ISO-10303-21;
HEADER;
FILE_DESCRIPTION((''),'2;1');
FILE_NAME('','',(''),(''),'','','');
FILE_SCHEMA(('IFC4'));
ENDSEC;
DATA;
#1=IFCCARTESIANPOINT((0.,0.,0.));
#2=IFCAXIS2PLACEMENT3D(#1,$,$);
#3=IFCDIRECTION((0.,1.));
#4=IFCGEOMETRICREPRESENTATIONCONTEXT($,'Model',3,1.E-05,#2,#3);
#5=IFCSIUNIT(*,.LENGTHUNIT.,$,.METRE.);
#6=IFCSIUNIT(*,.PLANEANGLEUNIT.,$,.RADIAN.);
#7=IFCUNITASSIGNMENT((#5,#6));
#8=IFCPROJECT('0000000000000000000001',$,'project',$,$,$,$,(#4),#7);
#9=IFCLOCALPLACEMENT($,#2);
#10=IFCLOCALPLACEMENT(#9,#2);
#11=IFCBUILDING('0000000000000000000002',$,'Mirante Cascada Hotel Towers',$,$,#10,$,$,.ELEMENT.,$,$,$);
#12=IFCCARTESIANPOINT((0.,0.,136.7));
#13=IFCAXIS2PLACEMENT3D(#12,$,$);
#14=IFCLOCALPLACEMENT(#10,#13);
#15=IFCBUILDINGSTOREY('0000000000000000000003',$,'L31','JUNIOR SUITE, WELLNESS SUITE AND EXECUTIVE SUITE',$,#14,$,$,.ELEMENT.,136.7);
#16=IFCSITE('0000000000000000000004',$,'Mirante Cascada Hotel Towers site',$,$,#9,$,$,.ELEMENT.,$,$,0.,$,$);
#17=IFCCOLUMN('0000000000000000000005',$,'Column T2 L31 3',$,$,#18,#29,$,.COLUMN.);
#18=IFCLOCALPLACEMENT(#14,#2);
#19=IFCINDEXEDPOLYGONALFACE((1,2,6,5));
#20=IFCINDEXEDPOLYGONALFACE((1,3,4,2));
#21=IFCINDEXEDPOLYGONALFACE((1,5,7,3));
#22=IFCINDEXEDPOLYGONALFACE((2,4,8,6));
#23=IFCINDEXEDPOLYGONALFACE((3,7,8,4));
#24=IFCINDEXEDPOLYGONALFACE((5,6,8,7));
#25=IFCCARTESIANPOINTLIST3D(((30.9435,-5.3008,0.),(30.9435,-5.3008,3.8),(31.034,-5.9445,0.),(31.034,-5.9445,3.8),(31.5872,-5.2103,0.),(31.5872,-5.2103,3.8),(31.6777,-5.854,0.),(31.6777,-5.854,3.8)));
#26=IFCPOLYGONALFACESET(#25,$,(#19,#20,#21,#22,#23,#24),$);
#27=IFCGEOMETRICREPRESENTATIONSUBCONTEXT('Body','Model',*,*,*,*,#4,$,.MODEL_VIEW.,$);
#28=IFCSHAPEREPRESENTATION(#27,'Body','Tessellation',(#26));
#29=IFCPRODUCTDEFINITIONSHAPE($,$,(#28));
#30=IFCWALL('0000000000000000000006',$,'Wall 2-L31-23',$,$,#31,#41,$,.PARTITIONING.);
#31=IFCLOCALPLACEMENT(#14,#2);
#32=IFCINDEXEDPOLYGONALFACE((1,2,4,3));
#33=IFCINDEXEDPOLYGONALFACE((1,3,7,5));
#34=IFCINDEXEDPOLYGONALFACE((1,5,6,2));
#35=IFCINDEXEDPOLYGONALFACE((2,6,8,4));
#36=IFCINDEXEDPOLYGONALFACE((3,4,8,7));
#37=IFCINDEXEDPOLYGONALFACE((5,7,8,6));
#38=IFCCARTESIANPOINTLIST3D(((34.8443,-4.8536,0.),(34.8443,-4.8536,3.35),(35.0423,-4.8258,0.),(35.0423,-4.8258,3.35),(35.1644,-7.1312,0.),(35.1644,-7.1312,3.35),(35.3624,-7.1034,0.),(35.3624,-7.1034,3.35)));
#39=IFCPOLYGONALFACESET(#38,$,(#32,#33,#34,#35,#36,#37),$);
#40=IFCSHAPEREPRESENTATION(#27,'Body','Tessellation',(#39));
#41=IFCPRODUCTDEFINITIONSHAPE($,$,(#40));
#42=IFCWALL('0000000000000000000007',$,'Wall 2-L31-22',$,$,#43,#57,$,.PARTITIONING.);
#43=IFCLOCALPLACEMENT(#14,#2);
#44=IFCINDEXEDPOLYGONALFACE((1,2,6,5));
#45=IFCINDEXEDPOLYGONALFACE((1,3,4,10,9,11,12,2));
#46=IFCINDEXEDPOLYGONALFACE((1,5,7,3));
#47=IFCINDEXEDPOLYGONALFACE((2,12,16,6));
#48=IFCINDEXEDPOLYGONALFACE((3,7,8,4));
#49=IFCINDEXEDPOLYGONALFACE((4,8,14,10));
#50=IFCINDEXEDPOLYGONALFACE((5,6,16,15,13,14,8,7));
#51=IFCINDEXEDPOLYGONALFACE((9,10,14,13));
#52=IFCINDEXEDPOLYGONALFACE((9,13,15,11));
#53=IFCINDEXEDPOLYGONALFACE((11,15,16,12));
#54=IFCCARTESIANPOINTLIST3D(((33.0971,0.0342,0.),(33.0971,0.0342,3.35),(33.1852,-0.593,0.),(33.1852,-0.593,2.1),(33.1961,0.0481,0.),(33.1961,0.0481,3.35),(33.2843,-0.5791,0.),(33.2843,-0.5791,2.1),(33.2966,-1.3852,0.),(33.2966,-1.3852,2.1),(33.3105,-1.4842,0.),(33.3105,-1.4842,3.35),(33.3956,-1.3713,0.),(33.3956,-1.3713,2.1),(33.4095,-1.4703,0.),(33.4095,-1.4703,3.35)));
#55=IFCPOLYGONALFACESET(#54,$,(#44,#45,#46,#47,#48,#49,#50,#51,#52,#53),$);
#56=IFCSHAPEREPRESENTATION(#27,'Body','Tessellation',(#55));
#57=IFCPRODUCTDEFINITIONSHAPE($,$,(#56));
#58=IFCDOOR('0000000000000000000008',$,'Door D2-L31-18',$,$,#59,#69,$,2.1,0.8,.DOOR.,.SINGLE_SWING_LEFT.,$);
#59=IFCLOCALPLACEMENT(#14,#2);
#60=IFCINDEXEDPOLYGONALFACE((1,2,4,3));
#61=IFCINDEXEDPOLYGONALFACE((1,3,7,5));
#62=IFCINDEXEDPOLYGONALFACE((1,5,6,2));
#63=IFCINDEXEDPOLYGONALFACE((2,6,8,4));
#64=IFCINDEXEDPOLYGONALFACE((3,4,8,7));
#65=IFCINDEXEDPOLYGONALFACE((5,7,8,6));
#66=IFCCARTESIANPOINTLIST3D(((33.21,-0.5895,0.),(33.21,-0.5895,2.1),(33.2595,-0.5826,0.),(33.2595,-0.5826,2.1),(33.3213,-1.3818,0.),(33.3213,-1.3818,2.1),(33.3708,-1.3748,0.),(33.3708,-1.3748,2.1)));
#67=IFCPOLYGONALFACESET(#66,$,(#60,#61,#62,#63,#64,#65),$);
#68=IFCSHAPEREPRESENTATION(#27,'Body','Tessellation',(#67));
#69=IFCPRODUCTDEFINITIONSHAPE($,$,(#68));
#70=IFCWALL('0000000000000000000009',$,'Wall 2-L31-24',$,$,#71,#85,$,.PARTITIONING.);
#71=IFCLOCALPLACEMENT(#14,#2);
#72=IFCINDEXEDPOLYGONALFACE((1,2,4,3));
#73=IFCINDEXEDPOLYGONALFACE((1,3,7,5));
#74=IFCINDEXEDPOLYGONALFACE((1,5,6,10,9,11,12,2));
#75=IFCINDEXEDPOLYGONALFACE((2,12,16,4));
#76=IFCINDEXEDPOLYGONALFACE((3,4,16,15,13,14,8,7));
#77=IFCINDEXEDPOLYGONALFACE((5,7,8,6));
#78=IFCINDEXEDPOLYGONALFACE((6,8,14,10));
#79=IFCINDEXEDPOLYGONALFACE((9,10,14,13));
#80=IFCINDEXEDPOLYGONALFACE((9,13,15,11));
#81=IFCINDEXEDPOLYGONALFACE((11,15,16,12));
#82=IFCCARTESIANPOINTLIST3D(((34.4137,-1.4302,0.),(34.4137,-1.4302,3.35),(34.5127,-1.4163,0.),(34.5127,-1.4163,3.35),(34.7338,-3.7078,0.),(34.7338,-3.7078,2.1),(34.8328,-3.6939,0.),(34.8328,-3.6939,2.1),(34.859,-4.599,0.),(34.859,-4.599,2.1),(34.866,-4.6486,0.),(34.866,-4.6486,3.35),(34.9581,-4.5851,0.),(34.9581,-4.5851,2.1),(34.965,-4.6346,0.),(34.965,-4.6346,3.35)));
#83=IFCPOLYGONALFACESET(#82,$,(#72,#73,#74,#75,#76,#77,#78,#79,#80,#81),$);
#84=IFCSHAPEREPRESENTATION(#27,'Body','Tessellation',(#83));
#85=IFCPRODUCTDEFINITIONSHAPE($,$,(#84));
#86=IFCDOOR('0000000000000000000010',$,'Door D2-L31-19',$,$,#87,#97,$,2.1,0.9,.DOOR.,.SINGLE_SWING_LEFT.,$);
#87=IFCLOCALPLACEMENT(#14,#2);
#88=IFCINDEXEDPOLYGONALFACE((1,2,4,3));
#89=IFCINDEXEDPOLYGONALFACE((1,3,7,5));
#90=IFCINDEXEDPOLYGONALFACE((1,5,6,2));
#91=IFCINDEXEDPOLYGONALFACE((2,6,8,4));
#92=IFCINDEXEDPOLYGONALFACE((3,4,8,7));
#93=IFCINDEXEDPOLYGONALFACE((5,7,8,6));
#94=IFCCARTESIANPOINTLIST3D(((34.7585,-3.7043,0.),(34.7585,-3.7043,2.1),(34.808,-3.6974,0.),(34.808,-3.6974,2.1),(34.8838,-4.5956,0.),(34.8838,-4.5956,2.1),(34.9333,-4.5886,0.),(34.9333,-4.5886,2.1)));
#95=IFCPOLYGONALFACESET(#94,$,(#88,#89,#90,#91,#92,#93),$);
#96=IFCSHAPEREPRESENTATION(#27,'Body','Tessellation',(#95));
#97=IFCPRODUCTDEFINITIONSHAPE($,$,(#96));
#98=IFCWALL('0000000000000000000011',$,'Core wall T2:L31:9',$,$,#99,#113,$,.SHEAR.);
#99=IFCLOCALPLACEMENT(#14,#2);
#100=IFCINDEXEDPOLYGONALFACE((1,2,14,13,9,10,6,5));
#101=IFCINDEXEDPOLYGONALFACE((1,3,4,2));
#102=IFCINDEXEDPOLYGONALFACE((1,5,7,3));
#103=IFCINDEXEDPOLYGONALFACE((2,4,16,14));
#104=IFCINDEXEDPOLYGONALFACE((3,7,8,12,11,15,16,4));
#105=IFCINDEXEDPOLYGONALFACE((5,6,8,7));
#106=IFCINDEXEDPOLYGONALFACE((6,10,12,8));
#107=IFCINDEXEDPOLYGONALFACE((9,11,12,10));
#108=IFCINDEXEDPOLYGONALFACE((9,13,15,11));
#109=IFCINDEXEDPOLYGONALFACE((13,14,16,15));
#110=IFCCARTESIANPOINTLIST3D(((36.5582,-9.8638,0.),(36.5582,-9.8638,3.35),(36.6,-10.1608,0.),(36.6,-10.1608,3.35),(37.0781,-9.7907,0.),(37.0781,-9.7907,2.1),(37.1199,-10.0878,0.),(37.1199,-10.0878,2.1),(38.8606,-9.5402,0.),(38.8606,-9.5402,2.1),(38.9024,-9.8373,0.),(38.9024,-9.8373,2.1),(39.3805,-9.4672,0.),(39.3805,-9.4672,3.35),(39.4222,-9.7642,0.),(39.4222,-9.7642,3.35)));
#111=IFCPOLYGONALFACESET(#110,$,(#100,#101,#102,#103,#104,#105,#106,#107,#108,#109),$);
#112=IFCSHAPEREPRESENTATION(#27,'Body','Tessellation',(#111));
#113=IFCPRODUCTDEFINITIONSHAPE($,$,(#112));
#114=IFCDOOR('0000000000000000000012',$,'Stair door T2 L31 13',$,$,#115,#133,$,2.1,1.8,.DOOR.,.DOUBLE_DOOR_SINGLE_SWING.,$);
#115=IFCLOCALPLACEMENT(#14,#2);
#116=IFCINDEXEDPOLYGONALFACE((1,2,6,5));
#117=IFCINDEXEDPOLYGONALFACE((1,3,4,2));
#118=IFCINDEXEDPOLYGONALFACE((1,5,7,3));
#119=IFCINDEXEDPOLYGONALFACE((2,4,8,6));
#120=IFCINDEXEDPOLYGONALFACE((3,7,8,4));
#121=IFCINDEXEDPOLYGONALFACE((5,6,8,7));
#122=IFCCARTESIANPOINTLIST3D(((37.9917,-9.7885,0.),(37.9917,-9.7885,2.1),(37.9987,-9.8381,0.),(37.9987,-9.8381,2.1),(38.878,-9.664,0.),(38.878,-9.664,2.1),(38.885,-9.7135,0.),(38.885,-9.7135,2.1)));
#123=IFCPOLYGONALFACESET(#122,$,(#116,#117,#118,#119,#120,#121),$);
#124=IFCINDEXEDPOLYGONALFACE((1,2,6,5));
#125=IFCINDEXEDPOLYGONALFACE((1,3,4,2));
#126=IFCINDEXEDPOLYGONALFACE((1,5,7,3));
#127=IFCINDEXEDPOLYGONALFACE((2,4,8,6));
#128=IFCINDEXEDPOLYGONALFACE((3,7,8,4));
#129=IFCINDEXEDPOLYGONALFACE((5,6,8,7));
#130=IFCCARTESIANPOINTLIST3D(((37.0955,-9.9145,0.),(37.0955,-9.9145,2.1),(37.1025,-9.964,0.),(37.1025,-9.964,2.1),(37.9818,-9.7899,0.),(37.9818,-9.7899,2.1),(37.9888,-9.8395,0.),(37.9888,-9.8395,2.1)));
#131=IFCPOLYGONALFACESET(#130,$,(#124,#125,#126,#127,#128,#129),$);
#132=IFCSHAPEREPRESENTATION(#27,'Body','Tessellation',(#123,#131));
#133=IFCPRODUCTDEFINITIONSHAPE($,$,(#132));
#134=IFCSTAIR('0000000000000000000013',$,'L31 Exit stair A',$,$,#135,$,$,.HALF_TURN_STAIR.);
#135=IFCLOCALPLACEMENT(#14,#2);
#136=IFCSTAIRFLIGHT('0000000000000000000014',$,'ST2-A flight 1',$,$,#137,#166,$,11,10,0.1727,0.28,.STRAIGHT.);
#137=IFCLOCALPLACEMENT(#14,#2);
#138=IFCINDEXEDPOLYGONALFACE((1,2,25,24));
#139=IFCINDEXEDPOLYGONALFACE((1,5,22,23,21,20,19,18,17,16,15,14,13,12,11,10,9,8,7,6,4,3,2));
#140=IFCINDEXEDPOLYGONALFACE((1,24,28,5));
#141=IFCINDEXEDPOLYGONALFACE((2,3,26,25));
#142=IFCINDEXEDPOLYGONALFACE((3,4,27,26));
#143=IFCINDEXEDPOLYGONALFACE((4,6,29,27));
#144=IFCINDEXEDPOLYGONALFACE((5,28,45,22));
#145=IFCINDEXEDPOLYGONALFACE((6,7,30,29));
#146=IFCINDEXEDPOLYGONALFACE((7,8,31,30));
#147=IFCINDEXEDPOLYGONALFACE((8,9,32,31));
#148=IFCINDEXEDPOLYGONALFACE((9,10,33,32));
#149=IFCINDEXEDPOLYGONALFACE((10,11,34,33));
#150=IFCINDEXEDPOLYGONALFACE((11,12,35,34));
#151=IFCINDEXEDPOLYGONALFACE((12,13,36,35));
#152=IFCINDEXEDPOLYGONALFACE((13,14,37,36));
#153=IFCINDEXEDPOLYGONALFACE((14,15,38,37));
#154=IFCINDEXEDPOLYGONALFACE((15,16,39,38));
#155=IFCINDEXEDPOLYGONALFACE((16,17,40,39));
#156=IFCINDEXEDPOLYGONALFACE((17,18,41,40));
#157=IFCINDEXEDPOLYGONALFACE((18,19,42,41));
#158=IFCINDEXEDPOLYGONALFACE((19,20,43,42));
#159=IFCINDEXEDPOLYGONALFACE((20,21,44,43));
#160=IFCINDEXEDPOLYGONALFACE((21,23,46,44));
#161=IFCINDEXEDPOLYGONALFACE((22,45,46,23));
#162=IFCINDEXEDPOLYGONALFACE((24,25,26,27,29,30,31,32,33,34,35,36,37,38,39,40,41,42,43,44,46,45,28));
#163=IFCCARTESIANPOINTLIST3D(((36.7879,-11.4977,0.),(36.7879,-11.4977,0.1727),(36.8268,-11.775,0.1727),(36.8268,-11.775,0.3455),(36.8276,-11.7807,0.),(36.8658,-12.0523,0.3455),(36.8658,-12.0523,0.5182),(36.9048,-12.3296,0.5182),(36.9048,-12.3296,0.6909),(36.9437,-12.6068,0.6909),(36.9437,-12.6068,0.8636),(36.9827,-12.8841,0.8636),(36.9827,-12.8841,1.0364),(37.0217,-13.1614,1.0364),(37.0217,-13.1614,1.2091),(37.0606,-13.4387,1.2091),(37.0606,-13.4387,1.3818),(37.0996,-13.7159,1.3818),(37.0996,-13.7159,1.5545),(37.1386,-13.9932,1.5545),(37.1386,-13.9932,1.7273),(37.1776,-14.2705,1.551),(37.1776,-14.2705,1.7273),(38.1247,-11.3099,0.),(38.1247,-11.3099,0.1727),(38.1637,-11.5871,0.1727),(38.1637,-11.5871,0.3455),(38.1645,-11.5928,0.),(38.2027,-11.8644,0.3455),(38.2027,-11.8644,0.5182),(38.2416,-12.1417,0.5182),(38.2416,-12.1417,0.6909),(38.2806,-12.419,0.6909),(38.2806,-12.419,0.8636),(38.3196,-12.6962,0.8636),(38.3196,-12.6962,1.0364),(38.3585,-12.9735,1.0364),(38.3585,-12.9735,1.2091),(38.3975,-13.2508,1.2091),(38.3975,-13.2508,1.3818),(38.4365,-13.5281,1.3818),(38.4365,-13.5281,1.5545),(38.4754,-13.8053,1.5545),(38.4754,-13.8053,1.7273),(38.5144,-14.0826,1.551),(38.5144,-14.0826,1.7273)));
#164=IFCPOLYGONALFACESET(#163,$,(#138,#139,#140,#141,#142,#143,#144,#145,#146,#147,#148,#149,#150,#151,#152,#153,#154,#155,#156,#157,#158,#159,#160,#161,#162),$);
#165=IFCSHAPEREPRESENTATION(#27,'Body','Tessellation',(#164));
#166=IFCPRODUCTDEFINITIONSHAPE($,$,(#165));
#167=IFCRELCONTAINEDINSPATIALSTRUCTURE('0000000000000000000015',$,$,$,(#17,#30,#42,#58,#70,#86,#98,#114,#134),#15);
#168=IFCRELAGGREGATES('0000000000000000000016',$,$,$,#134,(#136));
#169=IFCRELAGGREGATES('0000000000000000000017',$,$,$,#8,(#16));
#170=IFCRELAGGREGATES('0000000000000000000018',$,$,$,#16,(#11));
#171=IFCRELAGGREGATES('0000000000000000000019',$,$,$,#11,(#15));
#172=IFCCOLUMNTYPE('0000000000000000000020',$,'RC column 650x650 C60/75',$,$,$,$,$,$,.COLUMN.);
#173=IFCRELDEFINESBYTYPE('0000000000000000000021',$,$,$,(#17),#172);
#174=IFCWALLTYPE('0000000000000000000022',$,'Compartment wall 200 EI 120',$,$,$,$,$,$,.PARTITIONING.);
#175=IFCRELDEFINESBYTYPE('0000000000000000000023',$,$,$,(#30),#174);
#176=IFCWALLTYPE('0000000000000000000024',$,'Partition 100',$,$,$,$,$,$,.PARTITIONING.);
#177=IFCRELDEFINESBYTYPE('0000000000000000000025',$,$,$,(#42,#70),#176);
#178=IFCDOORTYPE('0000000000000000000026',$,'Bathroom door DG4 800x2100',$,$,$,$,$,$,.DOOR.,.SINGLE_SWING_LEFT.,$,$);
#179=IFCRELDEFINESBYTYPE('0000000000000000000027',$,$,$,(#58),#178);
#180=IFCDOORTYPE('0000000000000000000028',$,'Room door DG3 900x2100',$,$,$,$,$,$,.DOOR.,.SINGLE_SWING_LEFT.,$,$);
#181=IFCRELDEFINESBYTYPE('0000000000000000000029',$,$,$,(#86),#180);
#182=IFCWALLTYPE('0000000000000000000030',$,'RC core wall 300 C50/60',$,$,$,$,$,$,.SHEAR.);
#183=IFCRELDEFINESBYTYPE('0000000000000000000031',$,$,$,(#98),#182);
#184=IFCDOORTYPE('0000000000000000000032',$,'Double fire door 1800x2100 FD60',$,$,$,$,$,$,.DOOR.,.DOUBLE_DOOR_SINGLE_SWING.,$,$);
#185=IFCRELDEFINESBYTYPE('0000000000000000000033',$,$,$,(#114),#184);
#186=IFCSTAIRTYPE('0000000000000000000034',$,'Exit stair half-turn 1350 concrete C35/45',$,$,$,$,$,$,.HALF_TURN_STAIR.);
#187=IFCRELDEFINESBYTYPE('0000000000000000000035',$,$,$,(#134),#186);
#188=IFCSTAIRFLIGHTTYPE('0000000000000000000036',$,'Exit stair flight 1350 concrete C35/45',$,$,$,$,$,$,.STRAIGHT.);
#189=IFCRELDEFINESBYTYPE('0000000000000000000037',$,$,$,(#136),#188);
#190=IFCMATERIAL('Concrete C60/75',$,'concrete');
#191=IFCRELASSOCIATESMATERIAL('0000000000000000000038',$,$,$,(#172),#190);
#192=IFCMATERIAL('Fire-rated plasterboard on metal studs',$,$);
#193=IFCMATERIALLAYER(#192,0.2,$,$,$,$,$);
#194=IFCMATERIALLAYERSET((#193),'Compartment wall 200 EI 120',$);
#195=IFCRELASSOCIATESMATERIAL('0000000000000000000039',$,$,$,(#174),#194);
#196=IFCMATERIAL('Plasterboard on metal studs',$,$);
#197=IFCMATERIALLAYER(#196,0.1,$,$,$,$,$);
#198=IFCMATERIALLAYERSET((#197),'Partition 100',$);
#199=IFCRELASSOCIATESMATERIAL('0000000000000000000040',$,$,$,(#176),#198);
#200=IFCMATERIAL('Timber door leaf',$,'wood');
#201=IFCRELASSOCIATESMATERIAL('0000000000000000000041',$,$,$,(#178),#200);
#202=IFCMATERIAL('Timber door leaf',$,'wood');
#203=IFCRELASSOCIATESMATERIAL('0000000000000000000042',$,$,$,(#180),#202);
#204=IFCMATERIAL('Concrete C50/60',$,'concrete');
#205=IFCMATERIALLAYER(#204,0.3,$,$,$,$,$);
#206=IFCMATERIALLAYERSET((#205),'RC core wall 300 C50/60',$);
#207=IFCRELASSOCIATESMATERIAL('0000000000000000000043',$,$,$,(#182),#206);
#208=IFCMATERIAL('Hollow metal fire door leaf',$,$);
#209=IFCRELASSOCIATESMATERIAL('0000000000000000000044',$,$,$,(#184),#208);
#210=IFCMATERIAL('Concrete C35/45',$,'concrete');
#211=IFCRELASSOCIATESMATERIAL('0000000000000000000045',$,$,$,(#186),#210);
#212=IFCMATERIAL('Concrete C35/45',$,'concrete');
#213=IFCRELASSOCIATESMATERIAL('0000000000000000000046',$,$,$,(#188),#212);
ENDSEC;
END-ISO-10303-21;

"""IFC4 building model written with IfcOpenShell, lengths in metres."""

from ifc_helpers import new_model, si_unit, direction, frame, frame_2d, origin, origin_2d, place, context, subcontext, project, spatial, polyline, rectangle, outline, extrude, material, layer, layer_set, material_profile, profile_set, type_object, element, fill, aggregate, save


model = new_model("IFC4")

# Units and contexts
model_context = context("Model", 3, precision=1e-05, world=origin(), true_north=direction((0.0, 1.0)))
body_context = subcontext(model_context, "Body", "Model", "MODEL_VIEW")
ifc_project = project(units=[si_unit("LENGTHUNIT", "METRE"), si_unit("PLANEANGLEUNIT", "RADIAN")], contexts=[model_context])

# Site, building, storey
site_placement = place(None, origin())
site = spatial("IfcSite", under=ifc_project, at=site_placement, Name="Mirante Cascada Hotel Towers site", CompositionType="ELEMENT", RefElevation=0.0)
building_placement = place(site_placement, origin())
building = spatial("IfcBuilding", under=site, at=building_placement, Name="Mirante Cascada Hotel Towers", CompositionType="ELEMENT")
storey_placement = place(building_placement, frame((0.0, 0.0, 136.7)))
storey = spatial("IfcBuildingStorey", under=building, at=storey_placement, Name="L31", Description="JUNIOR SUITE, WELLNESS SUITE AND EXECUTIVE SUITE", CompositionType="ELEMENT", Elevation=136.7)

# Column
ifc_material_1 = material(Name="Concrete C60/75", Category="concrete")
ifc_material_profile = material_profile(ifc_material_1, rectangle(XDim=0.65, YDim=0.65, at=origin_2d()), Name="RC column 650x650 C60/75")
ifc_profile_set = profile_set([ifc_material_profile], Name="Concrete C60/75")
column_type = type_object("IfcColumnType", Name="RC column 650x650 C60/75", PredefinedType="COLUMN", material=ifc_profile_set)
column_placement = place(storey_placement, frame((31.3106, -5.5774, 0.0), z_axis=(0.0, 0.0, 1.0), x_axis=(0.990268, 0.139173, 0.0)))
element("IfcColumn", 1, at=column_placement, inside=storey, type_object=column_type, Name="Column T2 L31 3", PredefinedType="COLUMN", context=body_context, shape_type="SweptSolid", body=[
    extrude(rectangle(XDim=0.65, YDim=0.65, at=origin_2d()), origin(), (0.0, 0.0, 1.0), 3.8),
])

# Wall
ifc_material_2 = material(Name="Fire-rated plasterboard on metal studs")
ifc_layer_1 = layer(ifc_material_2, 0.2)
ifc_layer_set_1 = layer_set([ifc_layer_1], Name="Compartment wall 200 EI 120")
wall_type_1 = type_object("IfcWallType", Name="Compartment wall 200 EI 120", PredefinedType="PARTITIONING", material=ifc_layer_set_1)
wall_1_placement = place(storey_placement, frame((34.9433, -4.8397, 0.0), z_axis=(0.0, 0.0, 1.0), x_axis=(0.139175, -0.990268, 0.0)))
element("IfcWall", 2, at=wall_1_placement, inside=storey, type_object=wall_type_1, Name="Wall 2-L31-23", PredefinedType="PARTITIONING", context=body_context, shape_type="SweptSolid", body=[
    extrude(rectangle(XDim=2.3, YDim=0.2, at=frame_2d((1.15, 0.0))), origin(), (0.0, 0.0, 1.0), 3.35),
])

# Walls, openings, doors
ifc_material_3 = material(Name="Plasterboard on metal studs")
ifc_layer_2 = layer(ifc_material_3, 0.1)
ifc_layer_set_2 = layer_set([ifc_layer_2], Name="Partition 100")
wall_type_2 = type_object("IfcWallType", Name="Partition 100", PredefinedType="PARTITIONING", material=ifc_layer_set_2)
wall_2_placement = place(storey_placement, frame((33.36, -1.4773, 0.0), z_axis=(0.0, 0.0, 1.0), x_axis=(-0.139175, 0.990268, 0.0)))
wall_2 = element("IfcWall", 3, at=wall_2_placement, inside=storey, type_object=wall_type_2, Name="Wall 2-L31-22", PredefinedType="PARTITIONING", context=body_context, shape_type="SweptSolid", body=[
    extrude(rectangle(XDim=1.5333, YDim=0.1, at=frame_2d((0.7667, 0.0))), origin(), (0.0, 0.0, 1.0), 3.35),
])
opening_1_placement = place(wall_2_placement, frame((0.1, 0.0, 0.0)))
opening_1 = element("IfcOpeningElement", 4, at=opening_1_placement, cuts=wall_2, PredefinedType="OPENING", context=body_context, shape_type="SweptSolid", body=[
    extrude(rectangle(XDim=0.8, YDim=2.1, at=frame_2d((0.4, 1.05))), frame((0.0, 0.05, 0.0), z_axis=(0.0, -1.0, 0.0), x_axis=(1.0, 0.0, 0.0)), (0.0, 0.0, 1.0), 0.1),
])
ifc_material_4 = material(Name="Timber door leaf", Category="wood")
door_type_1 = type_object("IfcDoorType", Name="Bathroom door DG4 800x2100", OperationType="SINGLE_SWING_LEFT", PredefinedType="DOOR", material=ifc_material_4)
door_1_placement = place(opening_1_placement, origin())
door_1 = element("IfcDoor", 5, at=door_1_placement, inside=storey, type_object=door_type_1, Name="Door D2-L31-18", OperationType="SINGLE_SWING_LEFT", OverallHeight=2.1, OverallWidth=0.8, PredefinedType="DOOR", context=body_context, shape_type="SweptSolid", body=[
    extrude(rectangle(XDim=0.8, YDim=2.1, at=frame_2d((0.4, 1.05))), frame((0.0, 0.025, 0.0), z_axis=(0.0, -1.0, 0.0), x_axis=(1.0, 0.0, 0.0)), (0.0, 0.0, 1.0), 0.05),
])
fill(opening_1, door_1)
wall_3_placement = place(storey_placement, frame((34.9155, -4.6416, 0.0), z_axis=(0.0, 0.0, 1.0), x_axis=(-0.139168, 0.990269, 0.0)))
wall_3 = element("IfcWall", 6, at=wall_3_placement, inside=storey, type_object=wall_type_2, Name="Wall 2-L31-24", PredefinedType="PARTITIONING", context=body_context, shape_type="SweptSolid", body=[
    extrude(rectangle(XDim=3.25, YDim=0.1, at=frame_2d((1.625, 0.0))), origin(), (0.0, 0.0, 1.0), 3.35),
])
opening_2_placement = place(wall_3_placement, frame((0.05, 0.0, 0.0)))
opening_2 = element("IfcOpeningElement", 7, at=opening_2_placement, cuts=wall_3, PredefinedType="OPENING", context=body_context, shape_type="SweptSolid", body=[
    extrude(rectangle(XDim=0.9, YDim=2.1, at=frame_2d((0.45, 1.05))), frame((0.0, 0.05, 0.0), z_axis=(0.0, -1.0, 0.0), x_axis=(1.0, 0.0, 0.0)), (0.0, 0.0, 1.0), 0.1),
])
ifc_material_5 = material(Name="Timber door leaf", Category="wood")
door_type_2 = type_object("IfcDoorType", Name="Room door DG3 900x2100", OperationType="SINGLE_SWING_LEFT", PredefinedType="DOOR", material=ifc_material_5)
door_2_placement = place(opening_2_placement, origin())
door_2 = element("IfcDoor", 8, at=door_2_placement, inside=storey, type_object=door_type_2, Name="Door D2-L31-19", OperationType="SINGLE_SWING_LEFT", OverallHeight=2.1, OverallWidth=0.9, PredefinedType="DOOR", context=body_context, shape_type="SweptSolid", body=[
    extrude(rectangle(XDim=0.9, YDim=2.1, at=frame_2d((0.45, 1.05))), frame((0.0, 0.025, 0.0), z_axis=(0.0, -1.0, 0.0), x_axis=(1.0, 0.0, 0.0)), (0.0, 0.0, 1.0), 0.05),
])
fill(opening_2, door_2)
ifc_material_6 = material(Name="Concrete C50/60", Category="concrete")
ifc_layer_3 = layer(ifc_material_6, 0.3)
ifc_layer_set_3 = layer_set([ifc_layer_3], Name="RC core wall 300 C50/60")
wall_type_3 = type_object("IfcWallType", Name="RC core wall 300 C50/60", PredefinedType="SHEAR", material=ifc_layer_set_3)
wall_4_placement = place(storey_placement, frame((36.5791, -10.0123, 0.0), z_axis=(0.0, 0.0, 1.0), x_axis=(0.99027, 0.139156, 0.0)))
wall_4 = element("IfcWall", 9, at=wall_4_placement, inside=storey, type_object=wall_type_3, Name="Core wall T2:L31:9", PredefinedType="SHEAR", context=body_context, shape_type="SweptSolid", body=[
    extrude(rectangle(XDim=2.85, YDim=0.3, at=frame_2d((1.425, 0.0))), origin(), (0.0, 0.0, 1.0), 3.35),
])
opening_3_placement = place(wall_4_placement, frame((0.525, 0.0, 0.0)))
opening_3 = element("IfcOpeningElement", 10, at=opening_3_placement, cuts=wall_4, PredefinedType="OPENING", context=body_context, shape_type="SweptSolid", body=[
    extrude(rectangle(XDim=1.8, YDim=2.1, at=frame_2d((0.9, 1.05))), frame((0.0, 0.15, 0.0), z_axis=(0.0, -1.0, 0.0), x_axis=(1.0, 0.0, 0.0)), (0.0, 0.0, 1.0), 0.3),
])
ifc_material_7 = material(Name="Hollow metal fire door leaf")
door_type_3 = type_object("IfcDoorType", Name="Double fire door 1800x2100 FD60", OperationType="DOUBLE_DOOR_SINGLE_SWING", PredefinedType="DOOR", material=ifc_material_7)
door_3_placement = place(opening_3_placement, frame((1.8, 0.0, 0.0), z_axis=(0.0, 0.0, 1.0), x_axis=(-1.0, 0.0, 0.0)))
door_3 = element("IfcDoor", 11, at=door_3_placement, inside=storey, type_object=door_type_3, Name="Stair door T2 L31 13", OperationType="DOUBLE_DOOR_SINGLE_SWING", OverallHeight=2.1, OverallWidth=1.8, PredefinedType="DOOR", context=body_context, shape_type="SweptSolid", body=[
    extrude(rectangle(XDim=0.895, YDim=2.1, at=frame_2d((0.4475, 1.05))), frame((0.0, 0.025, 0.0), z_axis=(0.0, -1.0, 0.0), x_axis=(1.0, 0.0, 0.0)), (0.0, 0.0, 1.0), 0.05),
    extrude(rectangle(XDim=0.895, YDim=2.1, at=frame_2d((1.3525, 1.05))), frame((0.0, 0.025, 0.0), z_axis=(0.0, -1.0, 0.0), x_axis=(1.0, 0.0, 0.0)), (0.0, 0.0, 1.0), 0.05),
])
fill(opening_3, door_3)

# Stair, stair flight
ifc_material_8 = material(Name="Concrete C35/45", Category="concrete")
stair_type = type_object("IfcStairType", Name="Exit stair half-turn 1350 concrete C35/45", PredefinedType="HALF_TURN_STAIR", material=ifc_material_8)
stair_placement = place(storey_placement, origin())
stair = element("IfcStair", 12, at=stair_placement, inside=storey, type_object=stair_type, Name="L31 Exit stair A", PredefinedType="HALF_TURN_STAIR")
ifc_material_9 = material(Name="Concrete C35/45", Category="concrete")
stair_flight_type = type_object("IfcStairFlightType", Name="Exit stair flight 1350 concrete C35/45", PredefinedType="STRAIGHT", material=ifc_material_9)
stair_flight_placement = place(storey_placement, frame((37.4563, -11.4038, 0.0), z_axis=(0.0, 0.0, 1.0), x_axis=(0.139173, -0.990268, 0.0)))
stair_flight = element("IfcStairFlight", 13, at=stair_flight_placement, type_object=stair_flight_type, Name="ST2-A flight 1", NumberOfRisers=11, NumberOfTreads=10, PredefinedType="STRAIGHT", RiserHeight=0.1727, TreadLength=0.28, context=body_context, shape_type="SweptSolid", body=[
    extrude(outline(polyline([(0.0, 0.0), (0.0, 0.1727), (0.28, 0.1727), (0.28, 0.3455), (0.56, 0.3455), (0.56, 0.5182), (0.84, 0.5182), (0.84, 0.6909), (1.12, 0.6909), (1.12, 0.8636), (1.4, 0.8636), (1.4, 1.0364), (1.68, 1.0364), (1.68, 1.2091), (1.96, 1.2091), (1.96, 1.3818), (2.24, 1.3818), (2.24, 1.5545), (2.52, 1.5545), (2.52, 1.7273), (2.8, 1.7273), (2.8, 1.9), (2.8, 1.551), (0.2857, 0.0), (0.0, 0.0)])), frame((0.0, 0.675, 0.0), z_axis=(0.0, -1.0, 0.0), x_axis=(1.0, 0.0, 0.0)), (0.0, 0.0, 1.0), 1.35),
])
aggregate(stair, [stair_flight])

save(model, "model.ifc")
